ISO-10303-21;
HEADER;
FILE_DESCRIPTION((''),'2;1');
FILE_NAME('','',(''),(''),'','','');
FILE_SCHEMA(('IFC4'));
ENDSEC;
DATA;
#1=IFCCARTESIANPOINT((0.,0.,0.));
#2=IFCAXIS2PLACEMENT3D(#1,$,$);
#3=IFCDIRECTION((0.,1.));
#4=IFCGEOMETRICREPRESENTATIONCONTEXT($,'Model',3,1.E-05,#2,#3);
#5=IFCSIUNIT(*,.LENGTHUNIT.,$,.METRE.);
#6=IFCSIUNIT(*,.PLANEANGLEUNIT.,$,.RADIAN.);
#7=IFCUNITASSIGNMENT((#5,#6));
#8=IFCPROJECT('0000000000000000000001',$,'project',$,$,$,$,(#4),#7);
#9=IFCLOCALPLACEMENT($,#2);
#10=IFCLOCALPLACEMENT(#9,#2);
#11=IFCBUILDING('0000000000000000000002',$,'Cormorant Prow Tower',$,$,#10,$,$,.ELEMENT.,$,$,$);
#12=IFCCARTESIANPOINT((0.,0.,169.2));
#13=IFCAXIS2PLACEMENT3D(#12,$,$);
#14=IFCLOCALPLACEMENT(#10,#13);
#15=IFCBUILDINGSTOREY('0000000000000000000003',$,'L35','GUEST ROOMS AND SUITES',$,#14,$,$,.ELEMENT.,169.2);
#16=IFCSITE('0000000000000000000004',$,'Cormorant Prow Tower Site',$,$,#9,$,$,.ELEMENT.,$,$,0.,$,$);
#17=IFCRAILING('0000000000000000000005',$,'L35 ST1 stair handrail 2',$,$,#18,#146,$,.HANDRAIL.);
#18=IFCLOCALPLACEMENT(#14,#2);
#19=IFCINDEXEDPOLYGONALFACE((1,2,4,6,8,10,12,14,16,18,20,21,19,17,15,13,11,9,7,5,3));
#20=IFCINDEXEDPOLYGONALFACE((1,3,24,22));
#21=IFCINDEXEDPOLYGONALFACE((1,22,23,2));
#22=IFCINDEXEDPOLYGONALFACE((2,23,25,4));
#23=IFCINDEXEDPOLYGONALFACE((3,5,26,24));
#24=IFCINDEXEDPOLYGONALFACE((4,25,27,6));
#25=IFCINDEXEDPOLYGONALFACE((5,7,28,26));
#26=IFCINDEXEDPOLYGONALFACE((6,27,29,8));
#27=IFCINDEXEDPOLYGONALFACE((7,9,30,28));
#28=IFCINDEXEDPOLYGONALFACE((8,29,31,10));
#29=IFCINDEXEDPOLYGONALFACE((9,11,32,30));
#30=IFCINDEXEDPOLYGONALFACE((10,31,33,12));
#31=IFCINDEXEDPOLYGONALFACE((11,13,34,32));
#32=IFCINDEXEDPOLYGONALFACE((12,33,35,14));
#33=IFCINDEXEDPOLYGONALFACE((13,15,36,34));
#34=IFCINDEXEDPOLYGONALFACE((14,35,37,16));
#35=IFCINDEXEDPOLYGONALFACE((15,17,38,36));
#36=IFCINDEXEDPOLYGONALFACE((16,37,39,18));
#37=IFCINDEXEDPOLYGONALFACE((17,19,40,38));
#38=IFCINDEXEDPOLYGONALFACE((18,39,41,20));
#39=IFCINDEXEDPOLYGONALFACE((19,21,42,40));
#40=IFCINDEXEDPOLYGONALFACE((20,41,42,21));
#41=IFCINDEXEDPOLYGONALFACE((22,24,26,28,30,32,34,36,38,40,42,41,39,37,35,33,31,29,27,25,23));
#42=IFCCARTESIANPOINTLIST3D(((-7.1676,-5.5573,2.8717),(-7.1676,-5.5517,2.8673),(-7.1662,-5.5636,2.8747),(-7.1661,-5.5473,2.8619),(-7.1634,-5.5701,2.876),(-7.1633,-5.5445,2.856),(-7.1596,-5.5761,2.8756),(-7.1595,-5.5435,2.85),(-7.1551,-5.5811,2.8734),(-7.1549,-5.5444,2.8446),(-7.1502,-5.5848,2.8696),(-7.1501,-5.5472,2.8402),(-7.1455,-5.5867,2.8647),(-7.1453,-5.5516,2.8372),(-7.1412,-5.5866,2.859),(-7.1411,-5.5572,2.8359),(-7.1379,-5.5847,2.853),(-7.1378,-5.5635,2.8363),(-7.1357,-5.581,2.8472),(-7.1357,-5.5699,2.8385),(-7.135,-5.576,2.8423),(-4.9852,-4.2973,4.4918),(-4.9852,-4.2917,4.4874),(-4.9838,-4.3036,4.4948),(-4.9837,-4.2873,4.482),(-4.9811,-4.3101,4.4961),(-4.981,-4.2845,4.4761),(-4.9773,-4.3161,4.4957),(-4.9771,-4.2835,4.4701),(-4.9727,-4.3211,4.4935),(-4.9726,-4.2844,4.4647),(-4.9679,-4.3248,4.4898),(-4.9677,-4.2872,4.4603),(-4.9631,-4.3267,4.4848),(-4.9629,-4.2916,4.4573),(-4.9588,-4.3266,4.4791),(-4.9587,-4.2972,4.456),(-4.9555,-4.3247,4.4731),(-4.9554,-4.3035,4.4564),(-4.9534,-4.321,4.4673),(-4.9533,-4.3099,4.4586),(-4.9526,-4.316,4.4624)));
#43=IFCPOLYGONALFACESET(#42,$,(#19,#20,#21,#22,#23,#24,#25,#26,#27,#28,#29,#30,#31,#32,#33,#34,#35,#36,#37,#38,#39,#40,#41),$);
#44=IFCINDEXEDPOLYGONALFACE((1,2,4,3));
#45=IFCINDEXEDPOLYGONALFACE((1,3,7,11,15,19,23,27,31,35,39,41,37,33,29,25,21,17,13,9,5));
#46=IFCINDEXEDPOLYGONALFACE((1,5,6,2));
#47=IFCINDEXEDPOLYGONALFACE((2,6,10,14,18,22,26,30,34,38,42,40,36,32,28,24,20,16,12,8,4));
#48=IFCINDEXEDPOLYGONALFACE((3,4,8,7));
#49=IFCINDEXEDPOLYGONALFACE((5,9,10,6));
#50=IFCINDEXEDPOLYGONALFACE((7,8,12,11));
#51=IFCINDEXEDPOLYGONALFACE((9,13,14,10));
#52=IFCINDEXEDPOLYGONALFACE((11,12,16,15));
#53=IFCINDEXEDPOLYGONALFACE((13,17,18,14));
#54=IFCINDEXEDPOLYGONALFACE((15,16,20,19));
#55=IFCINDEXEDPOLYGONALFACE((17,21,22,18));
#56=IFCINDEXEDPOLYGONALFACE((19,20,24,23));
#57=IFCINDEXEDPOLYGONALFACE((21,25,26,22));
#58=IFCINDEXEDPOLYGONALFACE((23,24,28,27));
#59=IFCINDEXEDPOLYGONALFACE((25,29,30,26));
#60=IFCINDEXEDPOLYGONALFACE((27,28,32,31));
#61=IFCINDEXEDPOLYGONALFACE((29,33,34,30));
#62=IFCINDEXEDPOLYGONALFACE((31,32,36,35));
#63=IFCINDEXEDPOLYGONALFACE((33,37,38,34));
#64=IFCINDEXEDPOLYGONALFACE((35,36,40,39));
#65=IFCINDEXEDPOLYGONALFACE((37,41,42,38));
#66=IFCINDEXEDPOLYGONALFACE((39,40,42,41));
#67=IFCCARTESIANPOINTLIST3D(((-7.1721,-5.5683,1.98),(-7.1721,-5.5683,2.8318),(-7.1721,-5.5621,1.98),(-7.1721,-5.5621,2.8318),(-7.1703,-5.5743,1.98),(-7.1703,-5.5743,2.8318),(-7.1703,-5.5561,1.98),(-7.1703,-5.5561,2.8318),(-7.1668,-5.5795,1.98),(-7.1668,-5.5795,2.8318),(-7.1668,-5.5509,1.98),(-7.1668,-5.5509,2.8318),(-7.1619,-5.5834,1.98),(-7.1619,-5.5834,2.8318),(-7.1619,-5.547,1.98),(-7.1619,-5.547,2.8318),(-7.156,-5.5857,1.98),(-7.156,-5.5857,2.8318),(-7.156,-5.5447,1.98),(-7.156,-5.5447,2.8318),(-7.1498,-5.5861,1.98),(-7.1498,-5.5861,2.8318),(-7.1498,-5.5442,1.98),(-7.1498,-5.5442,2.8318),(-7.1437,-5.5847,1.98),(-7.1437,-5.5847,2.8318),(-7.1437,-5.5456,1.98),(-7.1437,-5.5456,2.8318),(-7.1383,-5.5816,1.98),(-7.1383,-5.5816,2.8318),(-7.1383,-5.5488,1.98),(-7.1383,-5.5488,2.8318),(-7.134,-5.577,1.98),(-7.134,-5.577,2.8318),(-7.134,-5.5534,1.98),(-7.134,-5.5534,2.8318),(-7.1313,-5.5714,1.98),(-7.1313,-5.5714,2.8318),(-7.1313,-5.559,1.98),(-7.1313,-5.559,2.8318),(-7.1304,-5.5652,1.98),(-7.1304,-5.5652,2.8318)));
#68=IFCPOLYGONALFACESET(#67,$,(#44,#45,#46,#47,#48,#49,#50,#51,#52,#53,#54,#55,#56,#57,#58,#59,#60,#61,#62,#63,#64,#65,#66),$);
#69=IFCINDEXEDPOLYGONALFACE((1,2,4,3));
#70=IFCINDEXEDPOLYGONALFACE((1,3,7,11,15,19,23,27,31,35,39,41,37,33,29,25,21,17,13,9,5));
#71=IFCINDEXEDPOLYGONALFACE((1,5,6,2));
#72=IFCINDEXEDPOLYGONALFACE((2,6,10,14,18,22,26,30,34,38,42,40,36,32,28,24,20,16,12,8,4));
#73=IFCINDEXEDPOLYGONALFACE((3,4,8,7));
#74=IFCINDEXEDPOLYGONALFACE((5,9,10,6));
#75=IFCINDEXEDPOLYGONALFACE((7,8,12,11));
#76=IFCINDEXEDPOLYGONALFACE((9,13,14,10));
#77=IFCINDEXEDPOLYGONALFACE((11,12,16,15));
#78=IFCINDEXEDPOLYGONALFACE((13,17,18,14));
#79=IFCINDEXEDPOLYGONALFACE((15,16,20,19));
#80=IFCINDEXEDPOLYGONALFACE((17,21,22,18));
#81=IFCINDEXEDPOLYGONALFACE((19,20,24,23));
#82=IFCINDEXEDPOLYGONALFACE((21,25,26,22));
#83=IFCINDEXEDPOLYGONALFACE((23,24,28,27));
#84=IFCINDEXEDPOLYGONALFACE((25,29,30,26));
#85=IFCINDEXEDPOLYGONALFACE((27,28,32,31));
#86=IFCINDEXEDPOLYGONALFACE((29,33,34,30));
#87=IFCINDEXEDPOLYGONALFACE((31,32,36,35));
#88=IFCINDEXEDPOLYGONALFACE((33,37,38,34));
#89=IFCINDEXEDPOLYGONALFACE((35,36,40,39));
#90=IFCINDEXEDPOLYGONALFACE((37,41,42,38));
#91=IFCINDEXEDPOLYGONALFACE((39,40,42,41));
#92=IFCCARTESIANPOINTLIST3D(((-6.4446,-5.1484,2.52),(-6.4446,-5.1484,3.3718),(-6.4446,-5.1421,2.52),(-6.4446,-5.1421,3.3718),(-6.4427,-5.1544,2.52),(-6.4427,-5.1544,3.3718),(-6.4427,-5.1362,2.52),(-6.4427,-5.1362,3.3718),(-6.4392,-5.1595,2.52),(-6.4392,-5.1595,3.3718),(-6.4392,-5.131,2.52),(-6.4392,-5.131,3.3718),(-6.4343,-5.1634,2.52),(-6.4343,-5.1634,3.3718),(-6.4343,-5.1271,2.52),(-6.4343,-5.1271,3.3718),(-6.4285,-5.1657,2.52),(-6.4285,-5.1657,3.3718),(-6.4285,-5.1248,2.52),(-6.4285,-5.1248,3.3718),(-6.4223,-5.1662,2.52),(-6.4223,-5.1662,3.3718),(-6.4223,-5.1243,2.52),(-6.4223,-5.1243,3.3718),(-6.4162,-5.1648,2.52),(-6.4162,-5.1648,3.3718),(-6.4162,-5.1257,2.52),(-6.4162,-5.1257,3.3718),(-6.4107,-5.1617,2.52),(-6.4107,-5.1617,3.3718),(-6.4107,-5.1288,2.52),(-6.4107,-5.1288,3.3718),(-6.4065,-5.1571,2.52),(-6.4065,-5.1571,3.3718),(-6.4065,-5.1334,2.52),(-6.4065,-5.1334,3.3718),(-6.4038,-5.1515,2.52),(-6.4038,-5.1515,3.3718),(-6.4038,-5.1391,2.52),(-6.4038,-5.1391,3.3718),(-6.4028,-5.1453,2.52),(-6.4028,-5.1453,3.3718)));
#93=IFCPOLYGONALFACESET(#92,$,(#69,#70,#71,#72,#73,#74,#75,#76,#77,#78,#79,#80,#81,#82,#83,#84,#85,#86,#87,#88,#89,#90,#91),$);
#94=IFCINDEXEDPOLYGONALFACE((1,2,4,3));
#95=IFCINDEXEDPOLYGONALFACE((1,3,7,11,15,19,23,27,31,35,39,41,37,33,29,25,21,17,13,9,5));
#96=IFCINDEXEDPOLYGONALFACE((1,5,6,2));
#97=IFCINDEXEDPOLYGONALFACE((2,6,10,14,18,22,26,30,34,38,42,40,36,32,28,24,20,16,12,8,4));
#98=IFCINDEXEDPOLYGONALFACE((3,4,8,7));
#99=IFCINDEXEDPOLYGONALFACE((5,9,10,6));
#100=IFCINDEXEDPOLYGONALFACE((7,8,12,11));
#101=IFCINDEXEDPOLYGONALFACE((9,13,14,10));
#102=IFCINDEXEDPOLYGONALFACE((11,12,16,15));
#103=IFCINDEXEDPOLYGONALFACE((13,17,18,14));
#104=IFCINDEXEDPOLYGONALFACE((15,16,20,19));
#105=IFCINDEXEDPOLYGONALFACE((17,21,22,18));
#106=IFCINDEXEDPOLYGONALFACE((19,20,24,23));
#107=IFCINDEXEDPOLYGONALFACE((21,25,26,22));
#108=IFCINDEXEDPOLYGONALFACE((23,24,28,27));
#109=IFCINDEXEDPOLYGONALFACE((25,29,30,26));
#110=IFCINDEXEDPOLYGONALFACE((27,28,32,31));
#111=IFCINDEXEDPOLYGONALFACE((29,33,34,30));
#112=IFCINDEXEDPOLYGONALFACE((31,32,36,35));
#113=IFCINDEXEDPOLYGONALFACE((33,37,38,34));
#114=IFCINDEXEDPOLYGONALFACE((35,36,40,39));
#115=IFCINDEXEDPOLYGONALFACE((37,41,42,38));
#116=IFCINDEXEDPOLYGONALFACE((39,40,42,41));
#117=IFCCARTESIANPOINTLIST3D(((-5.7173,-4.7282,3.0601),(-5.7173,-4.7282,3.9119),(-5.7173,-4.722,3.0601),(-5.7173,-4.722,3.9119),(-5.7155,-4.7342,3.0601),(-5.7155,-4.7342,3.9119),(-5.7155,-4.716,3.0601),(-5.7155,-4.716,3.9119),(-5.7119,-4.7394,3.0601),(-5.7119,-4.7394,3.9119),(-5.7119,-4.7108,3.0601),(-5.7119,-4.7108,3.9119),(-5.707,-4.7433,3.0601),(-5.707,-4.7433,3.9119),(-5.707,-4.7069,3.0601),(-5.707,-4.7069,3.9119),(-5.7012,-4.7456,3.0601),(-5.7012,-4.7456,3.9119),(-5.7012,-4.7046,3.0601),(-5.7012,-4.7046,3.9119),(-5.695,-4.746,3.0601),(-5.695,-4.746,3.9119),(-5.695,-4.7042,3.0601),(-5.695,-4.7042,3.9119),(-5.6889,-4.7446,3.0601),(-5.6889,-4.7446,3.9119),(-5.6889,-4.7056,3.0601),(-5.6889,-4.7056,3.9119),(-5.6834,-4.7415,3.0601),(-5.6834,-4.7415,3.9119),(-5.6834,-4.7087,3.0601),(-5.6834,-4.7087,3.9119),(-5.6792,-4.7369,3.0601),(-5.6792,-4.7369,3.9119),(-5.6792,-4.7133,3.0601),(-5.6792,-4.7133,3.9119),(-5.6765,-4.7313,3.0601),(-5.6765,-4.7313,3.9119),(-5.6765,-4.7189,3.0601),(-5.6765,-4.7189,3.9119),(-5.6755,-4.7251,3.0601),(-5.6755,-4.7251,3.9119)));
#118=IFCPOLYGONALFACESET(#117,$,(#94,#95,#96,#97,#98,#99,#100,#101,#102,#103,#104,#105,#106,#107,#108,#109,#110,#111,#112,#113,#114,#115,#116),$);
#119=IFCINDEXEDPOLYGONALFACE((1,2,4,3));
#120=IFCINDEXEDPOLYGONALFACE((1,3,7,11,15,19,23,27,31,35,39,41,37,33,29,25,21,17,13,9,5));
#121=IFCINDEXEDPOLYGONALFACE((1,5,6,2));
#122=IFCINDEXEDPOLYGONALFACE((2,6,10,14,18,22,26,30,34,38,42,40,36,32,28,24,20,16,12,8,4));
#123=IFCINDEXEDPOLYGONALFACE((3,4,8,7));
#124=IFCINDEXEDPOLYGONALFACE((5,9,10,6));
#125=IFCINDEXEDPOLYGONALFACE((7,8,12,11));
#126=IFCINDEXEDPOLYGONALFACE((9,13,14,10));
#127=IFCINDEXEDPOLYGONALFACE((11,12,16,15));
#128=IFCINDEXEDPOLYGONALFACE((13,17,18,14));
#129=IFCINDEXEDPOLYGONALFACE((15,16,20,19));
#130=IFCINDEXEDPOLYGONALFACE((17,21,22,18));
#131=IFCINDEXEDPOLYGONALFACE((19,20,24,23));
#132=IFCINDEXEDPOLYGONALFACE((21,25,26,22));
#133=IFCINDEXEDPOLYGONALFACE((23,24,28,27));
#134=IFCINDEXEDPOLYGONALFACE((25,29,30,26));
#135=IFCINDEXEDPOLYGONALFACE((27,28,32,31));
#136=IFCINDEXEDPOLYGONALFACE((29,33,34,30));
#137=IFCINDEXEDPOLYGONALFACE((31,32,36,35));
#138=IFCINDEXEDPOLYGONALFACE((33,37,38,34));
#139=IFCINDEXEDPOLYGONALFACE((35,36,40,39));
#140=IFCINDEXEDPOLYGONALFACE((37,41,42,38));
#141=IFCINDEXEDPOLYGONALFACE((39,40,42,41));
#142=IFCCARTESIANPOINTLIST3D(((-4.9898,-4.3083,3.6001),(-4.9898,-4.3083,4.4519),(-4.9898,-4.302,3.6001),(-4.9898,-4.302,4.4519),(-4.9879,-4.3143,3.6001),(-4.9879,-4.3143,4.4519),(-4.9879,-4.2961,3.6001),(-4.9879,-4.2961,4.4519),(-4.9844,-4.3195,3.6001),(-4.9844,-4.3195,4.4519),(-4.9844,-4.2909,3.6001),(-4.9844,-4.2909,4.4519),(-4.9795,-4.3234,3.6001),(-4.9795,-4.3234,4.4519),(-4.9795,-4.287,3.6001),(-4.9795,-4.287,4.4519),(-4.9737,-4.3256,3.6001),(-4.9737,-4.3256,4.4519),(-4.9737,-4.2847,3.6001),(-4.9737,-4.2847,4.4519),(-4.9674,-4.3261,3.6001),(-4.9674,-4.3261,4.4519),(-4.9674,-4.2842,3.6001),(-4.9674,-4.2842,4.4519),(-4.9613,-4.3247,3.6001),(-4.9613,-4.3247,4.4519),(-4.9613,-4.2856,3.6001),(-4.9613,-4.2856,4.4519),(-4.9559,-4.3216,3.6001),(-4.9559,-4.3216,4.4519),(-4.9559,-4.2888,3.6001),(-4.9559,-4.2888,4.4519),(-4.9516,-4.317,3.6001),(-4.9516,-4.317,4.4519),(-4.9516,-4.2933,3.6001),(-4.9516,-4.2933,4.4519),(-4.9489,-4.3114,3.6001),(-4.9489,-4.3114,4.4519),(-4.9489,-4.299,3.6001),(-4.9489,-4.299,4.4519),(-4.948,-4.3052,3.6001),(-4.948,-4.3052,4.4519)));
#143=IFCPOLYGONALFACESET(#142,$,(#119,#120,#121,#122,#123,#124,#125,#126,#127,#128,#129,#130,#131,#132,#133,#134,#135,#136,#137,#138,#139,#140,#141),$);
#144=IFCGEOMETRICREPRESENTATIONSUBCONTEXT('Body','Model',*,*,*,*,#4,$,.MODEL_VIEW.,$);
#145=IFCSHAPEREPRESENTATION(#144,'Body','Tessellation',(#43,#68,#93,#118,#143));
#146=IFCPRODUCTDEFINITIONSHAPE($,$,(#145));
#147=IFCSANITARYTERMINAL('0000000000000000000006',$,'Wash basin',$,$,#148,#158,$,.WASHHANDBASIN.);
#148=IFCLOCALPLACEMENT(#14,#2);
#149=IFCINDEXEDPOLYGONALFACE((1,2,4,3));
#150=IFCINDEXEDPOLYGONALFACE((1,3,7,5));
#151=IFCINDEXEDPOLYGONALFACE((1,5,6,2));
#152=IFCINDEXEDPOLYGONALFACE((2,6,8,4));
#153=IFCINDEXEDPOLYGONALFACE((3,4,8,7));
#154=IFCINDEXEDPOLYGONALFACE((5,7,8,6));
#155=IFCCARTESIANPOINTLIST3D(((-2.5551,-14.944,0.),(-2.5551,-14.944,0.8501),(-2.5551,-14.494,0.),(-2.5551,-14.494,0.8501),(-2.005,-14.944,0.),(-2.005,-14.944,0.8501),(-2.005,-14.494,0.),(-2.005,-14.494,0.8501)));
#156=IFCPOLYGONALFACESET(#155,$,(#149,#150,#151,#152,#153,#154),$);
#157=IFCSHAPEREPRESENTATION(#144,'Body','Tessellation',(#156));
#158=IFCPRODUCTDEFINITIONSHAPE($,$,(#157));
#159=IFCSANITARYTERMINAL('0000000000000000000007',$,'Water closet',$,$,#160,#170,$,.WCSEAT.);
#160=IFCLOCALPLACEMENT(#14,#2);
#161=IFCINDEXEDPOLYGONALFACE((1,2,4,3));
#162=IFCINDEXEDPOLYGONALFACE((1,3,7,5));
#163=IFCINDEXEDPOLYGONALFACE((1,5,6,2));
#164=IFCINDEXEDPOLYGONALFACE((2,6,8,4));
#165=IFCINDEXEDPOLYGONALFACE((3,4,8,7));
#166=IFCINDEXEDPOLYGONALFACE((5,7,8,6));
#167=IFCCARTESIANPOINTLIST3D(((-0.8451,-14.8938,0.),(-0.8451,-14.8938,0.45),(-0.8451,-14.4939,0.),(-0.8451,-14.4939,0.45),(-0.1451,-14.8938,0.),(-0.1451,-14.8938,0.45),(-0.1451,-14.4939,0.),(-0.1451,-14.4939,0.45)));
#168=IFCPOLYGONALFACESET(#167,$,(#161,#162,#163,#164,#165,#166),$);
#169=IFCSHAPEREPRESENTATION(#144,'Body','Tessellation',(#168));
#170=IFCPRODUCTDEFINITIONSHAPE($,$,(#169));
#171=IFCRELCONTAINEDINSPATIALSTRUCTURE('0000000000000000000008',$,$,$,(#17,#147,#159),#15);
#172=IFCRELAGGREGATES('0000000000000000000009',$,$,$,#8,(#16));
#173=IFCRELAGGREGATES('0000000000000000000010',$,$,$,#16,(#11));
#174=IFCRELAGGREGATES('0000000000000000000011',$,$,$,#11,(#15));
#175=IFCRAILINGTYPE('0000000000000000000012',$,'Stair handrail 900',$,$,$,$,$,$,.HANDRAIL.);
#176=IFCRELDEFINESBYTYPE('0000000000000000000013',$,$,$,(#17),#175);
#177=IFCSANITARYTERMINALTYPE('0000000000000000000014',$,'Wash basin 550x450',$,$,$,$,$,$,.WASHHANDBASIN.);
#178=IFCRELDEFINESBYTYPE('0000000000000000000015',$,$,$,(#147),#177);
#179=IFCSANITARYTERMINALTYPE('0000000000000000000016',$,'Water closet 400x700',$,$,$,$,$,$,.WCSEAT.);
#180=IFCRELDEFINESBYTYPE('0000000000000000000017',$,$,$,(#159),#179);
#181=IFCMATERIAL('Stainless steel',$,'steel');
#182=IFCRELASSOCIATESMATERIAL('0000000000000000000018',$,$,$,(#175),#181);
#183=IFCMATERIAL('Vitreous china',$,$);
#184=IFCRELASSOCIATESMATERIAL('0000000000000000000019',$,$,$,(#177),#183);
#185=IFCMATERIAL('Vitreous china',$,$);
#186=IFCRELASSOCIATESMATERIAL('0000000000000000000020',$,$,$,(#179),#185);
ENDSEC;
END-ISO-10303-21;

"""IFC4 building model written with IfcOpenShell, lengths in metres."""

from ifc_helpers import new_model, si_unit, direction, frame, origin, origin_2d, place, context, subcontext, project, spatial, rectangle, circle, extrude, material, type_object, element, save


model = new_model("IFC4")

# Units and contexts
model_context = context("Model", 3, precision=1e-05, world=origin(), true_north=direction((0.0, 1.0)))
body_context = subcontext(model_context, "Body", "Model", "MODEL_VIEW")
ifc_project = project(units=[si_unit("LENGTHUNIT", "METRE"), si_unit("PLANEANGLEUNIT", "RADIAN")], contexts=[model_context])

# Site, building, storey
site_placement = place(None, origin())
site = spatial("IfcSite", under=ifc_project, at=site_placement, Name="Cormorant Prow Tower Site", CompositionType="ELEMENT", RefElevation=0.0)
building_placement = place(site_placement, origin())
building = spatial("IfcBuilding", under=site, at=building_placement, Name="Cormorant Prow Tower", CompositionType="ELEMENT")
storey_placement = place(building_placement, frame((0.0, 0.0, 169.2)))
storey = spatial("IfcBuildingStorey", under=building, at=storey_placement, Name="L35", Description="GUEST ROOMS AND SUITES", CompositionType="ELEMENT", Elevation=169.2)

# Railing
ifc_material_1 = material(Name="Stainless steel", Category="steel")
railing_type_1 = type_object("IfcRailingType", Name="Stair handrail 900", PredefinedType="HANDRAIL", material=ifc_material_1)
railing_1_placement = place(storey_placement, frame((-7.1514, -5.5652, 1.98)))
element("IfcRailing", 1, at=railing_1_placement, inside=storey, type_object=railing_type_1, Name="L35 ST1 stair handrail 2", PredefinedType="HANDRAIL", context=body_context, shape_type="SweptSolid", body=[
    extrude(circle(Radius=0.0239, at=origin_2d()), frame((0.0, 0.0, 0.876), z_axis=(0.728464, 0.420584, 0.540786), x_axis=(-0.500005, 0.866023, 0.0)), (0.0, 0.0, 1.0), 2.9958),
    extrude(circle(Radius=0.021, at=origin_2d()), origin(), (0.0, 0.0, 1.0), 0.8518),
    extrude(circle(Radius=0.021, at=origin_2d()), frame((0.7275, 0.4199, 0.54)), (0.0, 0.0, 1.0), 0.8518),
    extrude(circle(Radius=0.021, at=origin_2d()), frame((1.4548, 0.8401, 1.0801)), (0.0, 0.0, 1.0), 0.8518),
    extrude(circle(Radius=0.021, at=origin_2d()), frame((2.1824, 1.26, 1.6201)), (0.0, 0.0, 1.0), 0.8518),
])

# Sanitary terminals
ifc_material_2 = material(Name="Vitreous china")
sanitary_terminal_type_1 = type_object("IfcSanitaryTerminalType", Name="Wash basin 550x450", PredefinedType="WASHHANDBASIN", material=ifc_material_2)
sanitary_terminal_1_placement = place(storey_placement, frame((-2.28, -14.719, 0.0), z_axis=(0.0, 0.0, 1.0), x_axis=(1.0, 0.0, 0.0)))
element("IfcSanitaryTerminal", 2, at=sanitary_terminal_1_placement, inside=storey, type_object=sanitary_terminal_type_1, Name="Wash basin", PredefinedType="WASHHANDBASIN", context=body_context, shape_type="SweptSolid", body=[
    extrude(rectangle(XDim=0.55, YDim=0.45, at=origin_2d()), origin(), (0.0, 0.0, 1.0), 0.8501),
])
ifc_material_3 = material(Name="Vitreous china")
sanitary_terminal_type_2 = type_object("IfcSanitaryTerminalType", Name="Water closet 400x700", PredefinedType="WCSEAT", material=ifc_material_3)
sanitary_terminal_2_placement = place(storey_placement, frame((-0.4951, -14.6938, 0.0), z_axis=(0.0, 0.0, 1.0), x_axis=(0.0, -1.0, 0.0)))
element("IfcSanitaryTerminal", 3, at=sanitary_terminal_2_placement, inside=storey, type_object=sanitary_terminal_type_2, Name="Water closet", PredefinedType="WCSEAT", context=body_context, shape_type="SweptSolid", body=[
    extrude(rectangle(XDim=0.3999, YDim=0.7, at=origin_2d()), origin(), (0.0, 0.0, 1.0), 0.45),
])

save(model, "model.ifc")
